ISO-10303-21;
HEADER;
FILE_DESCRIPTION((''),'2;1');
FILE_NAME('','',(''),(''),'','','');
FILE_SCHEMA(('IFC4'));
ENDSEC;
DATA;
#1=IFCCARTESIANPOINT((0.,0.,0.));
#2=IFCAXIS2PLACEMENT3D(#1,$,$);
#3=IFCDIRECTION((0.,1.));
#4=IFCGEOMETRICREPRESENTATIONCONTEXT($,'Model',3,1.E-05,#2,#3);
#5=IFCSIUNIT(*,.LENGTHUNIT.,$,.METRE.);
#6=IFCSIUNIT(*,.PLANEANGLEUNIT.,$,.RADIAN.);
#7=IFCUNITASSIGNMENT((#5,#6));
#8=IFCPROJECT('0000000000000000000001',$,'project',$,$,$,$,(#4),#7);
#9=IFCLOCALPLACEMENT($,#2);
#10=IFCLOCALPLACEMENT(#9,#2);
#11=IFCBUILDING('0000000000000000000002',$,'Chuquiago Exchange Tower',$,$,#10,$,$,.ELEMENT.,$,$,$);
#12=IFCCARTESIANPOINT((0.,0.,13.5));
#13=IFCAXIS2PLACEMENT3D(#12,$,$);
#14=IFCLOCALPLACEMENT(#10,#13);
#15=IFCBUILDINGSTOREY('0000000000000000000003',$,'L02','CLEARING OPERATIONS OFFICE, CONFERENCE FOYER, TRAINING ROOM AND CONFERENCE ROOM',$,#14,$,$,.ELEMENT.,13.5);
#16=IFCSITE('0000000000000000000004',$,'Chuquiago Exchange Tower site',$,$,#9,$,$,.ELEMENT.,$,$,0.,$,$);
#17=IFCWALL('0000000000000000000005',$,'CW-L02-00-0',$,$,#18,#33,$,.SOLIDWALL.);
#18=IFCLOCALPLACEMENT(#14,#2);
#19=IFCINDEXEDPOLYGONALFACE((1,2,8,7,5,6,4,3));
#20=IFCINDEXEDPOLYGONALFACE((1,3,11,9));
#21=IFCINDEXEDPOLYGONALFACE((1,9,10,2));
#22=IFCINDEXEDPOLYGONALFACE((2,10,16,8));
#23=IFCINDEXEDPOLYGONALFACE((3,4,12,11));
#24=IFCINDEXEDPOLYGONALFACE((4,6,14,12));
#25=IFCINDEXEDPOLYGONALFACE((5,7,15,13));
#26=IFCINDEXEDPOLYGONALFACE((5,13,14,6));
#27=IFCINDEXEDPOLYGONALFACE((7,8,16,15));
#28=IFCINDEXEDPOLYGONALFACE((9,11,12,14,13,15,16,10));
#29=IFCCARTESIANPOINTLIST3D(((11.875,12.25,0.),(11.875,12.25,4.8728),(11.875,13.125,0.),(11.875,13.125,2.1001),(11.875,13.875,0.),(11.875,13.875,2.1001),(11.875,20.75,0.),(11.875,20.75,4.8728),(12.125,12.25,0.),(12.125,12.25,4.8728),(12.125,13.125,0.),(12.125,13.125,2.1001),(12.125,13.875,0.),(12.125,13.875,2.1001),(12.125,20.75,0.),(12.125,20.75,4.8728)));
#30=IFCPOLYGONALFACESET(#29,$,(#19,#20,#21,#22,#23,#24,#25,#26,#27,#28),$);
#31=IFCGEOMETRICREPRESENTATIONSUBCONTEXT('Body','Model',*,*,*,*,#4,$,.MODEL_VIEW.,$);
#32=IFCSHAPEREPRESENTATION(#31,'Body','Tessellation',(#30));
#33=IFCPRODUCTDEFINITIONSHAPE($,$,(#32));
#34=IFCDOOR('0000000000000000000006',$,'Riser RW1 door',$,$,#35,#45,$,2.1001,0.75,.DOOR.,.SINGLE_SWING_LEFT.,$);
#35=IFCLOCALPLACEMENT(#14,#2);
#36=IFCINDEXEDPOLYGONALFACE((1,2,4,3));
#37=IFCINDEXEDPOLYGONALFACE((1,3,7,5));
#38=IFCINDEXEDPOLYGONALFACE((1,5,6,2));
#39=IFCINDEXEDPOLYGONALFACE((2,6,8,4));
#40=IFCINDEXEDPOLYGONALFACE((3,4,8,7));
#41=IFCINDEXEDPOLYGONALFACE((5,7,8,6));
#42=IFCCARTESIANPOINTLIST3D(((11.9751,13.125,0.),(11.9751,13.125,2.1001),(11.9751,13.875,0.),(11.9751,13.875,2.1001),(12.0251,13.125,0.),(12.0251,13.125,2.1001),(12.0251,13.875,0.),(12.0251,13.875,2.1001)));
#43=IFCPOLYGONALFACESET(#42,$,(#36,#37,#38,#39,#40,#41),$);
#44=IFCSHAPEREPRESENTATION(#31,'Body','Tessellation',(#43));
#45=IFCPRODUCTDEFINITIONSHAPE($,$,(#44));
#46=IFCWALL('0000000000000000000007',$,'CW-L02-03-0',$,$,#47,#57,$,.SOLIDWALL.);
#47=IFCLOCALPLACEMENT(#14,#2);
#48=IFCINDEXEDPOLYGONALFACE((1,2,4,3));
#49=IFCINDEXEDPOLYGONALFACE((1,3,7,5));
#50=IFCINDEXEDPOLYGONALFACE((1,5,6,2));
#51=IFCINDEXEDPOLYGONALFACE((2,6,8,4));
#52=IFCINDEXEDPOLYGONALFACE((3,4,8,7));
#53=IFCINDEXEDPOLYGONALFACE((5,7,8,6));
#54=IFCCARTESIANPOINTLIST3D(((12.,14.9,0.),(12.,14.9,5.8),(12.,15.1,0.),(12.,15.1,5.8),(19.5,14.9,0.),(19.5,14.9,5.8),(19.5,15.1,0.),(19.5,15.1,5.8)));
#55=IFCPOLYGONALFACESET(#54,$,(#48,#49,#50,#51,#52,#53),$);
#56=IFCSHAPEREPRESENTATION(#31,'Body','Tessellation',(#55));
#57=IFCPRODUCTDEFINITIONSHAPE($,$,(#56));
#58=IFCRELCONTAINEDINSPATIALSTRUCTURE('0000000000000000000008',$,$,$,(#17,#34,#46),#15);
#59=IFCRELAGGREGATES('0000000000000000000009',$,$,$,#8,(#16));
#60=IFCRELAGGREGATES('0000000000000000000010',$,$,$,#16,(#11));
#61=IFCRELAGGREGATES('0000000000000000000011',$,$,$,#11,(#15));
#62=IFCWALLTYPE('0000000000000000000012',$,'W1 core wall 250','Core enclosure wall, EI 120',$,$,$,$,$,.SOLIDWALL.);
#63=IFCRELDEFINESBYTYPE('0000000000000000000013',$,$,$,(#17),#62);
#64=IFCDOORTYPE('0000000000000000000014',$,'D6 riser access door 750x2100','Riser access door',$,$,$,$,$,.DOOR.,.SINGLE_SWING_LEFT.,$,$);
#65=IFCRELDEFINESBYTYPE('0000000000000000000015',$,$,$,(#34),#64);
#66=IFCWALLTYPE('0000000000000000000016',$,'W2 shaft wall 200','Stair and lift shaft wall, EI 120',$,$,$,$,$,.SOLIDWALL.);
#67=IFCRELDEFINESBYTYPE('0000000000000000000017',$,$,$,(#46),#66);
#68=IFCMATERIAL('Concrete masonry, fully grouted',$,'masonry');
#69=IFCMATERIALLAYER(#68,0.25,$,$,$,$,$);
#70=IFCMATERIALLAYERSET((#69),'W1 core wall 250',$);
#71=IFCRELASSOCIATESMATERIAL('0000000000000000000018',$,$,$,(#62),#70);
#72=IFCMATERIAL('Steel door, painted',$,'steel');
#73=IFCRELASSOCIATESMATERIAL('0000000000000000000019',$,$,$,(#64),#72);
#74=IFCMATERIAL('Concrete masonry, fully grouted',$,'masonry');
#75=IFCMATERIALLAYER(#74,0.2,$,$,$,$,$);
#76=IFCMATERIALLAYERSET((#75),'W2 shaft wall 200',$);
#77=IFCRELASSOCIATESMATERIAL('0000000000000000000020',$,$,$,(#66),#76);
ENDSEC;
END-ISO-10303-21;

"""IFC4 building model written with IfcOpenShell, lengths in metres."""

from ifc_helpers import new_model, si_unit, direction, frame, frame_2d, origin, place, context, subcontext, project, spatial, rectangle, extrude, material, layer, layer_set, type_object, element, fill, save


model = new_model("IFC4")

# Units and contexts
model_context = context("Model", 3, precision=1e-05, world=origin(), true_north=direction((0.0, 1.0)))
body_context = subcontext(model_context, "Body", "Model", "MODEL_VIEW")
ifc_project = project(units=[si_unit("LENGTHUNIT", "METRE"), si_unit("PLANEANGLEUNIT", "RADIAN")], contexts=[model_context])

# Site, building, storey
site_placement = place(None, origin())
site = spatial("IfcSite", under=ifc_project, at=site_placement, Name="Chuquiago Exchange Tower site", CompositionType="ELEMENT", RefElevation=0.0)
building_placement = place(site_placement, origin())
building = spatial("IfcBuilding", under=site, at=building_placement, Name="Chuquiago Exchange Tower", CompositionType="ELEMENT")
storey_placement = place(building_placement, frame((0.0, 0.0, 13.5)))
storey = spatial("IfcBuildingStorey", under=building, at=storey_placement, Name="L02", Description="CLEARING OPERATIONS OFFICE, CONFERENCE FOYER, TRAINING ROOM AND CONFERENCE ROOM", CompositionType="ELEMENT", Elevation=13.5)

# Wall, opening, door
ifc_material_1 = material(Name="Concrete masonry, fully grouted", Category="masonry")
ifc_layer_1 = layer(ifc_material_1, 0.25)
ifc_layer_set_1 = layer_set([ifc_layer_1], Name="W1 core wall 250")
wall_type_1 = type_object("IfcWallType", Name="W1 core wall 250", Description="Core enclosure wall, EI 120", PredefinedType="SOLIDWALL", material=ifc_layer_set_1)
wall_1_placement = place(storey_placement, frame((12.0, 12.25, 0.0), z_axis=(0.0, 0.0, 1.0), x_axis=(0.0, 1.0, 0.0)))
wall_1 = element("IfcWall", 1, at=wall_1_placement, inside=storey, type_object=wall_type_1, Name="CW-L02-00-0", PredefinedType="SOLIDWALL", context=body_context, shape_type="SweptSolid", body=[
    extrude(rectangle(XDim=8.5, YDim=0.25, at=frame_2d((4.25, 0.0))), origin(), (0.0, 0.0, 1.0), 4.8728),
])
opening_placement = place(wall_1_placement, frame((0.875, 0.0, 0.0)))
opening = element("IfcOpeningElement", 2, at=opening_placement, cuts=wall_1, PredefinedType="OPENING", context=body_context, shape_type="SweptSolid", body=[
    extrude(rectangle(XDim=0.75, YDim=2.1001, at=frame_2d((0.375, 1.05))), frame((0.0, 0.135, 0.0), z_axis=(0.0, -1.0, 0.0), x_axis=(1.0, 0.0, 0.0)), (0.0, 0.0, 1.0), 0.27),
])
ifc_material_2 = material(Name="Steel door, painted", Category="steel")
door_type = type_object("IfcDoorType", Name="D6 riser access door 750x2100", Description="Riser access door", OperationType="SINGLE_SWING_LEFT", PredefinedType="DOOR", material=ifc_material_2)
door_placement = place(opening_placement, origin())
door = element("IfcDoor", 3, at=door_placement, inside=storey, type_object=door_type, Name="Riser RW1 door", OperationType="SINGLE_SWING_LEFT", OverallHeight=2.1001, OverallWidth=0.75, PredefinedType="DOOR", context=body_context, shape_type="SweptSolid", body=[
    extrude(rectangle(XDim=0.75, YDim=2.1001, at=frame_2d((0.375, 1.05))), frame((0.0, 0.0249, 0.0), z_axis=(0.0, -1.0, 0.0), x_axis=(1.0, 0.0, 0.0)), (0.0, 0.0, 1.0), 0.05),
])
fill(opening, door)

# Wall
ifc_material_3 = material(Name="Concrete masonry, fully grouted", Category="masonry")
ifc_layer_2 = layer(ifc_material_3, 0.2)
ifc_layer_set_2 = layer_set([ifc_layer_2], Name="W2 shaft wall 200")
wall_type_2 = type_object("IfcWallType", Name="W2 shaft wall 200", Description="Stair and lift shaft wall, EI 120", PredefinedType="SOLIDWALL", material=ifc_layer_set_2)
wall_2_placement = place(storey_placement, frame((12.0, 15.0, 0.0), z_axis=(0.0, 0.0, 1.0), x_axis=(1.0, 0.0, 0.0)))
element("IfcWall", 4, at=wall_2_placement, inside=storey, type_object=wall_type_2, Name="CW-L02-03-0", PredefinedType="SOLIDWALL", context=body_context, shape_type="SweptSolid", body=[
    extrude(rectangle(XDim=7.5, YDim=0.2, at=frame_2d((3.75, 0.0))), origin(), (0.0, 0.0, 1.0), 5.8),
])

save(model, "model.ifc")
